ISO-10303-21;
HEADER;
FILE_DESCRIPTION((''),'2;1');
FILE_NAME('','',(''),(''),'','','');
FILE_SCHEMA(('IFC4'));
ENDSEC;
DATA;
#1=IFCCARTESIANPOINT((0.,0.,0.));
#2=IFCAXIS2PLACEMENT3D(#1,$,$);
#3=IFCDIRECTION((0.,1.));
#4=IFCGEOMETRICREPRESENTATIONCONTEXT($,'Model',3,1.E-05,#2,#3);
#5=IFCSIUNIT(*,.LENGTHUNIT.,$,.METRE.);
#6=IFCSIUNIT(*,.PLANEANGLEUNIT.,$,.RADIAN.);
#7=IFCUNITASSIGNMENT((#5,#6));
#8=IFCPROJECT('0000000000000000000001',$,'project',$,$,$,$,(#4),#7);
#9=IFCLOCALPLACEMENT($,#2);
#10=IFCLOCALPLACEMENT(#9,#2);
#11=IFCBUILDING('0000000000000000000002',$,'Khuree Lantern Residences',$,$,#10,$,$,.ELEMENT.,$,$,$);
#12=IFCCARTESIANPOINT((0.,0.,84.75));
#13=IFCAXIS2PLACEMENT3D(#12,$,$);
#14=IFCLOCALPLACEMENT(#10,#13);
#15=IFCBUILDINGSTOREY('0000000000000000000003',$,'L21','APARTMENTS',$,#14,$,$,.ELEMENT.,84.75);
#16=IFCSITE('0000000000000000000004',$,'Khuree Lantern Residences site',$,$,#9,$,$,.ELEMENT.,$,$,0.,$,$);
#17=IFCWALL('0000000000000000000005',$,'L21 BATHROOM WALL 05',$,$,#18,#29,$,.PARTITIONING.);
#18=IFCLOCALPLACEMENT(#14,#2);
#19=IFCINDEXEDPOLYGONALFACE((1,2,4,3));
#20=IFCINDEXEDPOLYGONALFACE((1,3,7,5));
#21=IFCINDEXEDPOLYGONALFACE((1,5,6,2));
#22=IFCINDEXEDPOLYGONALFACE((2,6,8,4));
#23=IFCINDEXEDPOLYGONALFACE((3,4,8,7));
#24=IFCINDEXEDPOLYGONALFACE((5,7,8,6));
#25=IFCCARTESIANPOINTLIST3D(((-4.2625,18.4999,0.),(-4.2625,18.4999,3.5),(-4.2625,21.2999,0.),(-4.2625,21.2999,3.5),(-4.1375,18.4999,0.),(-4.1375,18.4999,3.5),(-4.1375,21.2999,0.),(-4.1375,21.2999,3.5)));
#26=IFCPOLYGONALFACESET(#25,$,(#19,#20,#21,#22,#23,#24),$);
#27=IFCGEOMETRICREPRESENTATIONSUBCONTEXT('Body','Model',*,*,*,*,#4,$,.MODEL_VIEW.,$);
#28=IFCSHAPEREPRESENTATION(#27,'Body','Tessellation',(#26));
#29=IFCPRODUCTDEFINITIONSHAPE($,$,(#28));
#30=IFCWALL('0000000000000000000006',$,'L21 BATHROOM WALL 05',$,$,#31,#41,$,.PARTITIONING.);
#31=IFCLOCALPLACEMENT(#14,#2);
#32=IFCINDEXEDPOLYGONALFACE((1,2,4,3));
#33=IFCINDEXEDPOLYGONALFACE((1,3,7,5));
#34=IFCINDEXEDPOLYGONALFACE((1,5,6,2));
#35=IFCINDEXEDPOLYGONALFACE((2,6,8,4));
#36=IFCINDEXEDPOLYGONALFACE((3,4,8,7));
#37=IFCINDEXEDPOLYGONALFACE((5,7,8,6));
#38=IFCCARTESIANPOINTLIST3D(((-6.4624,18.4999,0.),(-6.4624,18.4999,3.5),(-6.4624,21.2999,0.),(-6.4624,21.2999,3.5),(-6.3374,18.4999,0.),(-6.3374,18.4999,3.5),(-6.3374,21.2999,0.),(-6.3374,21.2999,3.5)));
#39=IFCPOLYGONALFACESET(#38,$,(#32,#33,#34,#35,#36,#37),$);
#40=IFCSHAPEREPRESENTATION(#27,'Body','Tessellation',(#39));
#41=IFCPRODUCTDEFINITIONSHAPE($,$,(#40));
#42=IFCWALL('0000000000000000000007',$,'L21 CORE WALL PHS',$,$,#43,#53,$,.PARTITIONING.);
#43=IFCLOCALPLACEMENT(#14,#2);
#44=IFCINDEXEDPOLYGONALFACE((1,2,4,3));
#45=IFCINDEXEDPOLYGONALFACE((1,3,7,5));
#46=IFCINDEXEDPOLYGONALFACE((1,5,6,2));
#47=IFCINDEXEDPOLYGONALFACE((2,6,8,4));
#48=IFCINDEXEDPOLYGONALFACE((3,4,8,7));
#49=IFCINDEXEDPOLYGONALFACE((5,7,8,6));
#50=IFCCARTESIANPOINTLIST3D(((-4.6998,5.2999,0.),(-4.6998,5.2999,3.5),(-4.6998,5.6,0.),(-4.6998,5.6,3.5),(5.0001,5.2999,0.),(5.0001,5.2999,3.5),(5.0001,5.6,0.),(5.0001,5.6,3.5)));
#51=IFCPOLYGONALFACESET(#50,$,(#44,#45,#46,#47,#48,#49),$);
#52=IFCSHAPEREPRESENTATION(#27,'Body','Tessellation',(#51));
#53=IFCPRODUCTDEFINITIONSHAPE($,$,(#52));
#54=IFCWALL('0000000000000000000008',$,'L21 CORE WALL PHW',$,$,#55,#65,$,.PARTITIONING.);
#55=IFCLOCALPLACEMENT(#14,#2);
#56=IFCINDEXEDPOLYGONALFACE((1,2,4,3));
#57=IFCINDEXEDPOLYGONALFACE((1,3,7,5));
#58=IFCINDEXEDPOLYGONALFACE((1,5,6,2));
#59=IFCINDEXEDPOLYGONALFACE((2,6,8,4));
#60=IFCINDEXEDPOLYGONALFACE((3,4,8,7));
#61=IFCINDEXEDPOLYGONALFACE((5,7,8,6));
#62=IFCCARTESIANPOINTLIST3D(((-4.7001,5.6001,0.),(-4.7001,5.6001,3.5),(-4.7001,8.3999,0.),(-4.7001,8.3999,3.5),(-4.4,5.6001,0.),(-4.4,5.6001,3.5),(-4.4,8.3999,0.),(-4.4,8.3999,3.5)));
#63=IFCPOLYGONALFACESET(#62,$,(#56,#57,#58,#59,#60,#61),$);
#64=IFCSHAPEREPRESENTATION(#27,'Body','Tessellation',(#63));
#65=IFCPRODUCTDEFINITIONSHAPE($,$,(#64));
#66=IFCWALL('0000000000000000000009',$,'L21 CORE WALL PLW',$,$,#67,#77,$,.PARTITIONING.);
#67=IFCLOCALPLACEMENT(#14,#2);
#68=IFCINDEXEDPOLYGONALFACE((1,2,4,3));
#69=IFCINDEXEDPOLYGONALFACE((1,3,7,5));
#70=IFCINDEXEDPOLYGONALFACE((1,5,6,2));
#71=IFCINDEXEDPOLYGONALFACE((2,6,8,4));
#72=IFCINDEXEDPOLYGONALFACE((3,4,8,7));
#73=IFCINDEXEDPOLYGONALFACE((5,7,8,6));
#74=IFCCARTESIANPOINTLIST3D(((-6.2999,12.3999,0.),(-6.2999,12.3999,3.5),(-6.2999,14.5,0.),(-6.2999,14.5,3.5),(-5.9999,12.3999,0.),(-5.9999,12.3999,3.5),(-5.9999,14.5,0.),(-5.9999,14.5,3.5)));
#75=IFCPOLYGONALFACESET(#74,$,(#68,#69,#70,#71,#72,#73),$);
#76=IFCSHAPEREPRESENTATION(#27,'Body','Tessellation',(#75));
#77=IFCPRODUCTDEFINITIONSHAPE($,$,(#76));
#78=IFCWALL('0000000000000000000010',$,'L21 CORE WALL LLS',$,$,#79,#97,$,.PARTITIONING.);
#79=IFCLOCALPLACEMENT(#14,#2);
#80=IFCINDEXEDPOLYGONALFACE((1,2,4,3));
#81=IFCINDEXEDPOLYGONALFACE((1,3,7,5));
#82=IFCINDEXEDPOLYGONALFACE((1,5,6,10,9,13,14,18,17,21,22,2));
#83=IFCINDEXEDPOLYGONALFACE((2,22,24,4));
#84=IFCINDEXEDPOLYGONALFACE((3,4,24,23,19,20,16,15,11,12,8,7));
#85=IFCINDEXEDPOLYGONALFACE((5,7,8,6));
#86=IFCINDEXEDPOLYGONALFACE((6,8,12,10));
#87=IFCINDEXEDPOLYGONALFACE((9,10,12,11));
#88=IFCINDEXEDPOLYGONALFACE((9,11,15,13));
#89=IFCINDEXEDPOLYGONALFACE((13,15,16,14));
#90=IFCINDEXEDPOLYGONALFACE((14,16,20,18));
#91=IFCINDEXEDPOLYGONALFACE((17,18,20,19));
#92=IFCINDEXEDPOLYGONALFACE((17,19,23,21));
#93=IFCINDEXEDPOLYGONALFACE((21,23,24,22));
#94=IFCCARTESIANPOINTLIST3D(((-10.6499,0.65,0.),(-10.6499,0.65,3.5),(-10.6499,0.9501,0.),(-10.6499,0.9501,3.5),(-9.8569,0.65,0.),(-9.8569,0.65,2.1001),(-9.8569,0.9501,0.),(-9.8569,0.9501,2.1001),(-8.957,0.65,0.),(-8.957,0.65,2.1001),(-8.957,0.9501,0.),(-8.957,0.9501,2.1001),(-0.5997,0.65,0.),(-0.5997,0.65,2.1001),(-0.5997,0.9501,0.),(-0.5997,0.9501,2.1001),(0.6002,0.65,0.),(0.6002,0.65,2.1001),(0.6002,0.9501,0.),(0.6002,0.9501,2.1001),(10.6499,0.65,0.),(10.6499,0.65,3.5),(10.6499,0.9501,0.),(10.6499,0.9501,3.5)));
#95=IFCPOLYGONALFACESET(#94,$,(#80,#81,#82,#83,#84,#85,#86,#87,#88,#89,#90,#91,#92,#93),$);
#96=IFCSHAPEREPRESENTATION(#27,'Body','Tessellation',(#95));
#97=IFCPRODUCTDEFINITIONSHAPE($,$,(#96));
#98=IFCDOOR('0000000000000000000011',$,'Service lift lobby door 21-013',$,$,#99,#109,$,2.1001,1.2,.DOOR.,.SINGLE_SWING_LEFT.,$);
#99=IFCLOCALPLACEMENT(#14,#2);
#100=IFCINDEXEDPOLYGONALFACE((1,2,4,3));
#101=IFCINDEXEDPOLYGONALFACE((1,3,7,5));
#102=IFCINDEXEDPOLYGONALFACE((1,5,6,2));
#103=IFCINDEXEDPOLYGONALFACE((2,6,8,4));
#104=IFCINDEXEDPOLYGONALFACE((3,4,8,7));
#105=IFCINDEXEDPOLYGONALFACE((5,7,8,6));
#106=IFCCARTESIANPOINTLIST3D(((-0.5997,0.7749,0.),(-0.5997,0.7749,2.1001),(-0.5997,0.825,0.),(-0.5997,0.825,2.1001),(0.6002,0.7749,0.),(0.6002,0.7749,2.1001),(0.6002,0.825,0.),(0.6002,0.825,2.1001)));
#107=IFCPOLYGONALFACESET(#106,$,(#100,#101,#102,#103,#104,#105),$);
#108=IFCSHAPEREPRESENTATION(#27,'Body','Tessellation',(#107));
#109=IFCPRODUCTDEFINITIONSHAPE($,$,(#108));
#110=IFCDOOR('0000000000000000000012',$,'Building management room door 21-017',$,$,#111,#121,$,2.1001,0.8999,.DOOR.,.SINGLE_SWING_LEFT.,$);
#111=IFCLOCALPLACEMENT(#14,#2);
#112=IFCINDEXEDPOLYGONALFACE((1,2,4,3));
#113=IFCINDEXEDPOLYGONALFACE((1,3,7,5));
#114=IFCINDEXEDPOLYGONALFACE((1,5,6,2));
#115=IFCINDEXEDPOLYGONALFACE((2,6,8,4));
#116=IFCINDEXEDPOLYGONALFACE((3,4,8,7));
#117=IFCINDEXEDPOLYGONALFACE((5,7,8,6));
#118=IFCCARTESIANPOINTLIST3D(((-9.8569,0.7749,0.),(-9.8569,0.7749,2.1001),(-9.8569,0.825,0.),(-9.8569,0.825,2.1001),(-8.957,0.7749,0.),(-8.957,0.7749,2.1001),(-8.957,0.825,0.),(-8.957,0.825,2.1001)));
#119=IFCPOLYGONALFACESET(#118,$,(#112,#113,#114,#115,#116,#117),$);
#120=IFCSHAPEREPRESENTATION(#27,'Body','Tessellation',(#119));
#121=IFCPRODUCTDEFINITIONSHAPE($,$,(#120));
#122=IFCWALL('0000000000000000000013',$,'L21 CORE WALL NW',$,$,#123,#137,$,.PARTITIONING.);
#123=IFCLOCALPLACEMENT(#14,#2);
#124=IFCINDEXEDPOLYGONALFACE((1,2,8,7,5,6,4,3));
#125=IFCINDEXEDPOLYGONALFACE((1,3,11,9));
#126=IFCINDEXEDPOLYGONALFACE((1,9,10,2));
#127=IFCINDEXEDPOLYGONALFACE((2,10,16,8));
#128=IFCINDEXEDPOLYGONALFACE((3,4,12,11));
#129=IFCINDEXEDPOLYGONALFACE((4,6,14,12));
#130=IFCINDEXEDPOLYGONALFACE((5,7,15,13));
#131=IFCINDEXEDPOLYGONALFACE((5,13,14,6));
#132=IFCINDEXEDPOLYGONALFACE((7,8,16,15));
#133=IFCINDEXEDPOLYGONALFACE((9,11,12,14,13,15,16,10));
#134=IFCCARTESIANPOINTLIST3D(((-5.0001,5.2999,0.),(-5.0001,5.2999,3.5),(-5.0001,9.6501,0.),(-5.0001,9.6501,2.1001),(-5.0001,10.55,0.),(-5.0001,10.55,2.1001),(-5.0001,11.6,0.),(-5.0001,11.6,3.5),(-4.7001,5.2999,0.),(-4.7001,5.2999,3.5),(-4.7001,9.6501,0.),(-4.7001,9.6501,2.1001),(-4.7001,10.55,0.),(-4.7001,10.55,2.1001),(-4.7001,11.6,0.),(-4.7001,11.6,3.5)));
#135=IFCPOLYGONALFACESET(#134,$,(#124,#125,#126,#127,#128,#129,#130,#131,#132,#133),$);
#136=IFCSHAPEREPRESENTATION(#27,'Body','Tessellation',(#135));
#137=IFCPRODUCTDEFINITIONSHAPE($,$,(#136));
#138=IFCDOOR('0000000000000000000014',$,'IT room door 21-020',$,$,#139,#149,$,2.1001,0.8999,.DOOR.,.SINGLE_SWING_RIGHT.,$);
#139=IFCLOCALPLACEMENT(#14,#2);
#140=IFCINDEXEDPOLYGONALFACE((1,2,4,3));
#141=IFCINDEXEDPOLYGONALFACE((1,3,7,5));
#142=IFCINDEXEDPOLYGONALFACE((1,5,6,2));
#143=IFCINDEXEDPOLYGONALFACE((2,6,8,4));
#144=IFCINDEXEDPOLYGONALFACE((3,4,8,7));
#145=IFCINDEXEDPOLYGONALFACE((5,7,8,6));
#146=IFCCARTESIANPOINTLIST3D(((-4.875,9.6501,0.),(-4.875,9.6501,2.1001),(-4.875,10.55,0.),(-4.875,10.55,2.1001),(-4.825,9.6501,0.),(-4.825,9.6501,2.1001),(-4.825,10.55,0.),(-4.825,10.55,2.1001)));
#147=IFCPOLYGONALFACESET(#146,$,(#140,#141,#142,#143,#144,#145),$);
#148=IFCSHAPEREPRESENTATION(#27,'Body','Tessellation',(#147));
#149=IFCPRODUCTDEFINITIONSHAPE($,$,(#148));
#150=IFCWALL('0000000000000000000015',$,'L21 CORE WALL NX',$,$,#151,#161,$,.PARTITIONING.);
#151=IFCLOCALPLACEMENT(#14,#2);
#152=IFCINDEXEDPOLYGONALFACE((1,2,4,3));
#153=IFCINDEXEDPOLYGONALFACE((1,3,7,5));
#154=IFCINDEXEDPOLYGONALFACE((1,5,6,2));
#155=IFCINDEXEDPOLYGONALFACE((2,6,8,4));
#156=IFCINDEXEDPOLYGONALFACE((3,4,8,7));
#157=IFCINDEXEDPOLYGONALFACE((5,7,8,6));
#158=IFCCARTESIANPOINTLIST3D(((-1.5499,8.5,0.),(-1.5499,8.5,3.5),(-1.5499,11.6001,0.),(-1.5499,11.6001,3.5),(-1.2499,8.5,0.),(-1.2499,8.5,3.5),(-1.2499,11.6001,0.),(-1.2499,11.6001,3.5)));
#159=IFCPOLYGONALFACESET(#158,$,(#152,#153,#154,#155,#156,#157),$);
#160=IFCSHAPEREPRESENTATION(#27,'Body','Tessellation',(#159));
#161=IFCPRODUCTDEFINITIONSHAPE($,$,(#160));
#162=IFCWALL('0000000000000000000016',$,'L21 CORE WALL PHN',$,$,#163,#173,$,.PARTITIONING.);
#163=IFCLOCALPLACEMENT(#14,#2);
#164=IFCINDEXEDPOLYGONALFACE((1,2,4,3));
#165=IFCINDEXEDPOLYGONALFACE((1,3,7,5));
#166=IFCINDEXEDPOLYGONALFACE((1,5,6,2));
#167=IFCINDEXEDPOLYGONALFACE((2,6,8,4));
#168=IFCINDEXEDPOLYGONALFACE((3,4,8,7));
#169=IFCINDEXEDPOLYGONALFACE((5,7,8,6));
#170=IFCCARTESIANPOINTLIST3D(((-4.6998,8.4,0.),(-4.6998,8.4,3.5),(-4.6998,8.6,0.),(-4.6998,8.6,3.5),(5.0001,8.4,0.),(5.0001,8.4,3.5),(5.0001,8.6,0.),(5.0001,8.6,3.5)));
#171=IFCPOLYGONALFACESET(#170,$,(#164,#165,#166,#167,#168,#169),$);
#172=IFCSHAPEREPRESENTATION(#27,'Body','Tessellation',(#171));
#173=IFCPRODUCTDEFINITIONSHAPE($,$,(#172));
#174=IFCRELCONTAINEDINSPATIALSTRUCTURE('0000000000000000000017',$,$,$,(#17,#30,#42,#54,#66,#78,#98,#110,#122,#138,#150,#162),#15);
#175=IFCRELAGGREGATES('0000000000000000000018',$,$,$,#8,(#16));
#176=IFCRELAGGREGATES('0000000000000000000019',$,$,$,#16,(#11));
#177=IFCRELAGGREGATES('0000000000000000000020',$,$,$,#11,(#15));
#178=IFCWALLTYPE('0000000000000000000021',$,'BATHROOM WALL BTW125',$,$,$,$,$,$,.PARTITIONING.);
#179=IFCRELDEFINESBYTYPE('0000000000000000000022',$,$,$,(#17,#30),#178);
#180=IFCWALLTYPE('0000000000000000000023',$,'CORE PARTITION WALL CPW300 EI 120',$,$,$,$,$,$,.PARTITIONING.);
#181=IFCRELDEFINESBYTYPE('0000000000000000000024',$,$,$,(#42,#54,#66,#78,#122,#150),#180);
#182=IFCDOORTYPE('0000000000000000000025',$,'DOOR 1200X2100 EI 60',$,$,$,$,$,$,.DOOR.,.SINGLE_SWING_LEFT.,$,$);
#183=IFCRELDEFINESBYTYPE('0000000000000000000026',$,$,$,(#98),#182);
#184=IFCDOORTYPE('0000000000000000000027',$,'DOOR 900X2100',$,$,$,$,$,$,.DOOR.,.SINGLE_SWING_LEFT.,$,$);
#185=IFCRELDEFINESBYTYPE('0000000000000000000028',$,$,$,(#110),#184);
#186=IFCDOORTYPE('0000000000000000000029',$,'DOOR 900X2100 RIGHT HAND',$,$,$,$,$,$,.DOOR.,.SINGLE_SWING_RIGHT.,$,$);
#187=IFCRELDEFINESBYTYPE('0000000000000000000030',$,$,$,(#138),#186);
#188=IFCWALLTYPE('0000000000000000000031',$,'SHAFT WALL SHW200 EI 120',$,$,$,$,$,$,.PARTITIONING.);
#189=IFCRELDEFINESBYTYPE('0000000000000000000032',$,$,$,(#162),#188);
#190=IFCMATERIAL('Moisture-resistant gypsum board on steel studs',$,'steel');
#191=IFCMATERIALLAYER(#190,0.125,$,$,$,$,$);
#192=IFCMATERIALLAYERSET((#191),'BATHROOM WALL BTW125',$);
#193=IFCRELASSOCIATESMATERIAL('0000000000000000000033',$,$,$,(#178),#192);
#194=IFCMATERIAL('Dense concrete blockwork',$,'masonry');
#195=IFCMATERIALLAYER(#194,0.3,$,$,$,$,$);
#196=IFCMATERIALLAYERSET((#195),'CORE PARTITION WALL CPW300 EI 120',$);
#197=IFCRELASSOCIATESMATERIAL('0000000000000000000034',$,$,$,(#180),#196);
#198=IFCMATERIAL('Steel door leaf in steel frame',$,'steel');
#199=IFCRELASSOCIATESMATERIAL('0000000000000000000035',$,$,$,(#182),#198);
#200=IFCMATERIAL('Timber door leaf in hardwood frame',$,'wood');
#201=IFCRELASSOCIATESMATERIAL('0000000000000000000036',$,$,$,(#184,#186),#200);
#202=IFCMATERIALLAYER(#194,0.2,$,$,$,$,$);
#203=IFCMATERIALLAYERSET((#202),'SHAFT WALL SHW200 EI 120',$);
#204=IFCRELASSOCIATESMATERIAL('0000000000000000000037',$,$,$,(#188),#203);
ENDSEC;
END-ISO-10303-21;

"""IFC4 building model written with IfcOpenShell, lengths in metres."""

from ifc_helpers import new_model, si_unit, direction, frame, frame_2d, origin, place, context, subcontext, project, spatial, rectangle, extrude, material, layer, layer_set, type_object, element, fill, save


model = new_model("IFC4")

# Units and contexts
model_context = context("Model", 3, precision=1e-05, world=origin(), true_north=direction((0.0, 1.0)))
body_context = subcontext(model_context, "Body", "Model", "MODEL_VIEW")
ifc_project = project(units=[si_unit("LENGTHUNIT", "METRE"), si_unit("PLANEANGLEUNIT", "RADIAN")], contexts=[model_context])

# Site, building, storey
site_placement = place(None, origin())
site = spatial("IfcSite", under=ifc_project, at=site_placement, Name="Khuree Lantern Residences site", CompositionType="ELEMENT", RefElevation=0.0)
building_placement = place(site_placement, origin())
building = spatial("IfcBuilding", under=site, at=building_placement, Name="Khuree Lantern Residences", CompositionType="ELEMENT")
storey_placement = place(building_placement, frame((0.0, 0.0, 84.75)))
storey = spatial("IfcBuildingStorey", under=building, at=storey_placement, Name="L21", Description="APARTMENTS", CompositionType="ELEMENT", Elevation=84.75)

# Walls
ifc_material_1 = material(Name="Moisture-resistant gypsum board on steel studs", Category="steel")
ifc_layer_1 = layer(ifc_material_1, 0.125)
ifc_layer_set_1 = layer_set([ifc_layer_1], Name="BATHROOM WALL BTW125")
wall_type_1 = type_object("IfcWallType", Name="BATHROOM WALL BTW125", PredefinedType="PARTITIONING", material=ifc_layer_set_1)
for number, where, z_axis, x_axis, name in (
    (1, (-4.2, 18.5, 0.0), (0.0, 0.0, 1.0), (0.0, 1.0, 0.0), "L21 BATHROOM WALL 05"),
    (2, (-6.3999, 18.5, 0.0), (0.0, 0.0, 1.0), (0.0, 1.0, 0.0), "L21 BATHROOM WALL 05"),
):
    element("IfcWall", number, at=place(storey_placement, frame(where, z_axis=z_axis, x_axis=x_axis)), inside=storey, type_object=wall_type_1, Name=name, PredefinedType="PARTITIONING", context=body_context, shape_type="SweptSolid", body=[
        extrude(rectangle(XDim=2.8, YDim=0.125, at=frame_2d((1.3999, 0.0))), origin(), (0.0, 0.0, 1.0), 3.5),
    ])
ifc_material_2 = material(Name="Dense concrete blockwork", Category="masonry")
ifc_layer_2 = layer(ifc_material_2, 0.3)
ifc_layer_set_2 = layer_set([ifc_layer_2], Name="CORE PARTITION WALL CPW300 EI 120")
wall_type_2 = type_object("IfcWallType", Name="CORE PARTITION WALL CPW300 EI 120", PredefinedType="PARTITIONING", material=ifc_layer_set_2)
wall_1_placement = place(storey_placement, frame((-4.7, 5.45, 0.0), z_axis=(0.0, 0.0, 1.0), x_axis=(1.0, 0.0, 0.0)))
element("IfcWall", 3, at=wall_1_placement, inside=storey, type_object=wall_type_2, Name="L21 CORE WALL PHS", PredefinedType="PARTITIONING", context=body_context, shape_type="SweptSolid", body=[
    extrude(rectangle(XDim=9.7, YDim=0.3, at=frame_2d((4.8501, 0.0))), origin(), (0.0, 0.0, 1.0), 3.5),
])
wall_2_placement = place(storey_placement, frame((-4.55, 5.6001, 0.0), z_axis=(0.0, 0.0, 1.0), x_axis=(0.0, 1.0, 0.0)))
element("IfcWall", 4, at=wall_2_placement, inside=storey, type_object=wall_type_2, Name="L21 CORE WALL PHW", PredefinedType="PARTITIONING", context=body_context, shape_type="SweptSolid", body=[
    extrude(rectangle(XDim=2.7998, YDim=0.3, at=frame_2d((1.3999, 0.0))), origin(), (0.0, 0.0, 1.0), 3.5),
])
wall_3_placement = place(storey_placement, frame((-6.1499, 12.3999, 0.0), z_axis=(0.0, 0.0, 1.0), x_axis=(0.0, 1.0, 0.0)))
element("IfcWall", 5, at=wall_3_placement, inside=storey, type_object=wall_type_2, Name="L21 CORE WALL PLW", PredefinedType="PARTITIONING", context=body_context, shape_type="SweptSolid", body=[
    extrude(rectangle(XDim=2.1001, YDim=0.3, at=frame_2d((1.05, 0.0))), origin(), (0.0, 0.0, 1.0), 3.5),
])

# Wall, openings, doors
wall_4_placement = place(storey_placement, frame((-10.6499, 0.8, 0.0), z_axis=(0.0, 0.0, 1.0), x_axis=(1.0, 0.0, 0.0)))
wall_4 = element("IfcWall", 6, at=wall_4_placement, inside=storey, type_object=wall_type_2, Name="L21 CORE WALL LLS", PredefinedType="PARTITIONING", context=body_context, shape_type="SweptSolid", body=[
    extrude(rectangle(XDim=21.2998, YDim=0.3, at=frame_2d((10.6499, 0.0))), origin(), (0.0, 0.0, 1.0), 3.5),
])
opening_1_placement = place(wall_4_placement, frame((10.05, 0.0, 0.0)))
opening_1 = element("IfcOpeningElement", 7, at=opening_1_placement, cuts=wall_4, PredefinedType="OPENING", context=body_context, shape_type="SweptSolid", body=[
    extrude(rectangle(XDim=1.2, YDim=2.1001, at=frame_2d((0.6001, 1.05))), frame((0.0, 0.1602, 0.0), z_axis=(0.0, -1.0, 0.0), x_axis=(1.0, 0.0, 0.0)), (0.0, 0.0, 1.0), 0.3201),
])
opening_2_placement = place(wall_4_placement, frame((0.793, 0.0, 0.0)))
opening_2 = element("IfcOpeningElement", 8, at=opening_2_placement, cuts=wall_4, PredefinedType="OPENING", context=body_context, shape_type="SweptSolid", body=[
    extrude(rectangle(XDim=0.8999, YDim=2.1001, at=frame_2d((0.45, 1.05))), frame((0.0, 0.1602, 0.0), z_axis=(0.0, -1.0, 0.0), x_axis=(1.0, 0.0, 0.0)), (0.0, 0.0, 1.0), 0.3201),
])
ifc_material_3 = material(Name="Steel door leaf in steel frame", Category="steel")
door_type_1 = type_object("IfcDoorType", Name="DOOR 1200X2100 EI 60", OperationType="SINGLE_SWING_LEFT", PredefinedType="DOOR", material=ifc_material_3)
door_1_placement = place(opening_1_placement, origin())
door_1 = element("IfcDoor", 9, at=door_1_placement, inside=storey, type_object=door_type_1, Name="Service lift lobby door 21-013", OperationType="SINGLE_SWING_LEFT", OverallHeight=2.1001, OverallWidth=1.2, PredefinedType="DOOR", context=body_context, shape_type="SweptSolid", body=[
    extrude(rectangle(XDim=1.2, YDim=2.1001, at=frame_2d((0.6001, 1.05))), frame((0.0, 0.0249, 0.0), z_axis=(0.0, -1.0, 0.0), x_axis=(1.0, 0.0, 0.0)), (0.0, 0.0, 1.0), 0.05),
])
fill(opening_1, door_1)
ifc_material_4 = material(Name="Timber door leaf in hardwood frame", Category="wood")
door_type_2 = type_object("IfcDoorType", Name="DOOR 900X2100", OperationType="SINGLE_SWING_LEFT", PredefinedType="DOOR", material=ifc_material_4)
door_2_placement = place(opening_2_placement, origin())
door_2 = element("IfcDoor", 10, at=door_2_placement, inside=storey, type_object=door_type_2, Name="Building management room door 21-017", OperationType="SINGLE_SWING_LEFT", OverallHeight=2.1001, OverallWidth=0.8999, PredefinedType="DOOR", context=body_context, shape_type="SweptSolid", body=[
    extrude(rectangle(XDim=0.8999, YDim=2.1001, at=frame_2d((0.45, 1.05))), frame((0.0, 0.0249, 0.0), z_axis=(0.0, -1.0, 0.0), x_axis=(1.0, 0.0, 0.0)), (0.0, 0.0, 1.0), 0.05),
])
fill(opening_2, door_2)

# Wall, opening, door
wall_5_placement = place(storey_placement, frame((-4.8501, 5.3, 0.0), z_axis=(0.0, 0.0, 1.0), x_axis=(0.0, 1.0, 0.0)))
wall_5 = element("IfcWall", 11, at=wall_5_placement, inside=storey, type_object=wall_type_2, Name="L21 CORE WALL NW", PredefinedType="PARTITIONING", context=body_context, shape_type="SweptSolid", body=[
    extrude(rectangle(XDim=6.3, YDim=0.3, at=frame_2d((3.1499, 0.0))), origin(), (0.0, 0.0, 1.0), 3.5),
])
opening_3_placement = place(wall_5_placement, frame((4.3501, 0.0, 0.0)))
opening_3 = element("IfcOpeningElement", 12, at=opening_3_placement, cuts=wall_5, PredefinedType="OPENING", context=body_context, shape_type="SweptSolid", body=[
    extrude(rectangle(XDim=0.8999, YDim=2.1001, at=frame_2d((0.45, 1.05))), frame((0.0, 0.1602, 0.0), z_axis=(0.0, -1.0, 0.0), x_axis=(1.0, 0.0, 0.0)), (0.0, 0.0, 1.0), 0.3201),
])
door_type_3 = type_object("IfcDoorType", Name="DOOR 900X2100 RIGHT HAND", OperationType="SINGLE_SWING_RIGHT", PredefinedType="DOOR", material=ifc_material_4)
door_3_placement = place(opening_3_placement, origin())
door_3 = element("IfcDoor", 13, at=door_3_placement, inside=storey, type_object=door_type_3, Name="IT room door 21-020", OperationType="SINGLE_SWING_RIGHT", OverallHeight=2.1001, OverallWidth=0.8999, PredefinedType="DOOR", context=body_context, shape_type="SweptSolid", body=[
    extrude(rectangle(XDim=0.8999, YDim=2.1001, at=frame_2d((0.45, 1.05))), frame((0.0, 0.0249, 0.0), z_axis=(0.0, -1.0, 0.0), x_axis=(1.0, 0.0, 0.0)), (0.0, 0.0, 1.0), 0.05),
])
fill(opening_3, door_3)

# Walls
wall_6_placement = place(storey_placement, frame((-1.3999, 8.5, 0.0), z_axis=(0.0, 0.0, 1.0), x_axis=(0.0, 1.0, 0.0)))
element("IfcWall", 14, at=wall_6_placement, inside=storey, type_object=wall_type_2, Name="L21 CORE WALL NX", PredefinedType="PARTITIONING", context=body_context, shape_type="SweptSolid", body=[
    extrude(rectangle(XDim=3.1001, YDim=0.3, at=frame_2d((1.55, 0.0))), origin(), (0.0, 0.0, 1.0), 3.5),
])
ifc_layer_3 = layer(ifc_material_2, 0.2)
ifc_layer_set_3 = layer_set([ifc_layer_3], Name="SHAFT WALL SHW200 EI 120")
wall_type_3 = type_object("IfcWallType", Name="SHAFT WALL SHW200 EI 120", PredefinedType="PARTITIONING", material=ifc_layer_set_3)
wall_7_placement = place(storey_placement, frame((-4.7, 8.5, 0.0), z_axis=(0.0, 0.0, 1.0), x_axis=(1.0, 0.0, 0.0)))
element("IfcWall", 15, at=wall_7_placement, inside=storey, type_object=wall_type_3, Name="L21 CORE WALL PHN", PredefinedType="PARTITIONING", context=body_context, shape_type="SweptSolid", body=[
    extrude(rectangle(XDim=9.7, YDim=0.2, at=frame_2d((4.8501, 0.0))), origin(), (0.0, 0.0, 1.0), 3.5),
])

save(model, "model.ifc")
